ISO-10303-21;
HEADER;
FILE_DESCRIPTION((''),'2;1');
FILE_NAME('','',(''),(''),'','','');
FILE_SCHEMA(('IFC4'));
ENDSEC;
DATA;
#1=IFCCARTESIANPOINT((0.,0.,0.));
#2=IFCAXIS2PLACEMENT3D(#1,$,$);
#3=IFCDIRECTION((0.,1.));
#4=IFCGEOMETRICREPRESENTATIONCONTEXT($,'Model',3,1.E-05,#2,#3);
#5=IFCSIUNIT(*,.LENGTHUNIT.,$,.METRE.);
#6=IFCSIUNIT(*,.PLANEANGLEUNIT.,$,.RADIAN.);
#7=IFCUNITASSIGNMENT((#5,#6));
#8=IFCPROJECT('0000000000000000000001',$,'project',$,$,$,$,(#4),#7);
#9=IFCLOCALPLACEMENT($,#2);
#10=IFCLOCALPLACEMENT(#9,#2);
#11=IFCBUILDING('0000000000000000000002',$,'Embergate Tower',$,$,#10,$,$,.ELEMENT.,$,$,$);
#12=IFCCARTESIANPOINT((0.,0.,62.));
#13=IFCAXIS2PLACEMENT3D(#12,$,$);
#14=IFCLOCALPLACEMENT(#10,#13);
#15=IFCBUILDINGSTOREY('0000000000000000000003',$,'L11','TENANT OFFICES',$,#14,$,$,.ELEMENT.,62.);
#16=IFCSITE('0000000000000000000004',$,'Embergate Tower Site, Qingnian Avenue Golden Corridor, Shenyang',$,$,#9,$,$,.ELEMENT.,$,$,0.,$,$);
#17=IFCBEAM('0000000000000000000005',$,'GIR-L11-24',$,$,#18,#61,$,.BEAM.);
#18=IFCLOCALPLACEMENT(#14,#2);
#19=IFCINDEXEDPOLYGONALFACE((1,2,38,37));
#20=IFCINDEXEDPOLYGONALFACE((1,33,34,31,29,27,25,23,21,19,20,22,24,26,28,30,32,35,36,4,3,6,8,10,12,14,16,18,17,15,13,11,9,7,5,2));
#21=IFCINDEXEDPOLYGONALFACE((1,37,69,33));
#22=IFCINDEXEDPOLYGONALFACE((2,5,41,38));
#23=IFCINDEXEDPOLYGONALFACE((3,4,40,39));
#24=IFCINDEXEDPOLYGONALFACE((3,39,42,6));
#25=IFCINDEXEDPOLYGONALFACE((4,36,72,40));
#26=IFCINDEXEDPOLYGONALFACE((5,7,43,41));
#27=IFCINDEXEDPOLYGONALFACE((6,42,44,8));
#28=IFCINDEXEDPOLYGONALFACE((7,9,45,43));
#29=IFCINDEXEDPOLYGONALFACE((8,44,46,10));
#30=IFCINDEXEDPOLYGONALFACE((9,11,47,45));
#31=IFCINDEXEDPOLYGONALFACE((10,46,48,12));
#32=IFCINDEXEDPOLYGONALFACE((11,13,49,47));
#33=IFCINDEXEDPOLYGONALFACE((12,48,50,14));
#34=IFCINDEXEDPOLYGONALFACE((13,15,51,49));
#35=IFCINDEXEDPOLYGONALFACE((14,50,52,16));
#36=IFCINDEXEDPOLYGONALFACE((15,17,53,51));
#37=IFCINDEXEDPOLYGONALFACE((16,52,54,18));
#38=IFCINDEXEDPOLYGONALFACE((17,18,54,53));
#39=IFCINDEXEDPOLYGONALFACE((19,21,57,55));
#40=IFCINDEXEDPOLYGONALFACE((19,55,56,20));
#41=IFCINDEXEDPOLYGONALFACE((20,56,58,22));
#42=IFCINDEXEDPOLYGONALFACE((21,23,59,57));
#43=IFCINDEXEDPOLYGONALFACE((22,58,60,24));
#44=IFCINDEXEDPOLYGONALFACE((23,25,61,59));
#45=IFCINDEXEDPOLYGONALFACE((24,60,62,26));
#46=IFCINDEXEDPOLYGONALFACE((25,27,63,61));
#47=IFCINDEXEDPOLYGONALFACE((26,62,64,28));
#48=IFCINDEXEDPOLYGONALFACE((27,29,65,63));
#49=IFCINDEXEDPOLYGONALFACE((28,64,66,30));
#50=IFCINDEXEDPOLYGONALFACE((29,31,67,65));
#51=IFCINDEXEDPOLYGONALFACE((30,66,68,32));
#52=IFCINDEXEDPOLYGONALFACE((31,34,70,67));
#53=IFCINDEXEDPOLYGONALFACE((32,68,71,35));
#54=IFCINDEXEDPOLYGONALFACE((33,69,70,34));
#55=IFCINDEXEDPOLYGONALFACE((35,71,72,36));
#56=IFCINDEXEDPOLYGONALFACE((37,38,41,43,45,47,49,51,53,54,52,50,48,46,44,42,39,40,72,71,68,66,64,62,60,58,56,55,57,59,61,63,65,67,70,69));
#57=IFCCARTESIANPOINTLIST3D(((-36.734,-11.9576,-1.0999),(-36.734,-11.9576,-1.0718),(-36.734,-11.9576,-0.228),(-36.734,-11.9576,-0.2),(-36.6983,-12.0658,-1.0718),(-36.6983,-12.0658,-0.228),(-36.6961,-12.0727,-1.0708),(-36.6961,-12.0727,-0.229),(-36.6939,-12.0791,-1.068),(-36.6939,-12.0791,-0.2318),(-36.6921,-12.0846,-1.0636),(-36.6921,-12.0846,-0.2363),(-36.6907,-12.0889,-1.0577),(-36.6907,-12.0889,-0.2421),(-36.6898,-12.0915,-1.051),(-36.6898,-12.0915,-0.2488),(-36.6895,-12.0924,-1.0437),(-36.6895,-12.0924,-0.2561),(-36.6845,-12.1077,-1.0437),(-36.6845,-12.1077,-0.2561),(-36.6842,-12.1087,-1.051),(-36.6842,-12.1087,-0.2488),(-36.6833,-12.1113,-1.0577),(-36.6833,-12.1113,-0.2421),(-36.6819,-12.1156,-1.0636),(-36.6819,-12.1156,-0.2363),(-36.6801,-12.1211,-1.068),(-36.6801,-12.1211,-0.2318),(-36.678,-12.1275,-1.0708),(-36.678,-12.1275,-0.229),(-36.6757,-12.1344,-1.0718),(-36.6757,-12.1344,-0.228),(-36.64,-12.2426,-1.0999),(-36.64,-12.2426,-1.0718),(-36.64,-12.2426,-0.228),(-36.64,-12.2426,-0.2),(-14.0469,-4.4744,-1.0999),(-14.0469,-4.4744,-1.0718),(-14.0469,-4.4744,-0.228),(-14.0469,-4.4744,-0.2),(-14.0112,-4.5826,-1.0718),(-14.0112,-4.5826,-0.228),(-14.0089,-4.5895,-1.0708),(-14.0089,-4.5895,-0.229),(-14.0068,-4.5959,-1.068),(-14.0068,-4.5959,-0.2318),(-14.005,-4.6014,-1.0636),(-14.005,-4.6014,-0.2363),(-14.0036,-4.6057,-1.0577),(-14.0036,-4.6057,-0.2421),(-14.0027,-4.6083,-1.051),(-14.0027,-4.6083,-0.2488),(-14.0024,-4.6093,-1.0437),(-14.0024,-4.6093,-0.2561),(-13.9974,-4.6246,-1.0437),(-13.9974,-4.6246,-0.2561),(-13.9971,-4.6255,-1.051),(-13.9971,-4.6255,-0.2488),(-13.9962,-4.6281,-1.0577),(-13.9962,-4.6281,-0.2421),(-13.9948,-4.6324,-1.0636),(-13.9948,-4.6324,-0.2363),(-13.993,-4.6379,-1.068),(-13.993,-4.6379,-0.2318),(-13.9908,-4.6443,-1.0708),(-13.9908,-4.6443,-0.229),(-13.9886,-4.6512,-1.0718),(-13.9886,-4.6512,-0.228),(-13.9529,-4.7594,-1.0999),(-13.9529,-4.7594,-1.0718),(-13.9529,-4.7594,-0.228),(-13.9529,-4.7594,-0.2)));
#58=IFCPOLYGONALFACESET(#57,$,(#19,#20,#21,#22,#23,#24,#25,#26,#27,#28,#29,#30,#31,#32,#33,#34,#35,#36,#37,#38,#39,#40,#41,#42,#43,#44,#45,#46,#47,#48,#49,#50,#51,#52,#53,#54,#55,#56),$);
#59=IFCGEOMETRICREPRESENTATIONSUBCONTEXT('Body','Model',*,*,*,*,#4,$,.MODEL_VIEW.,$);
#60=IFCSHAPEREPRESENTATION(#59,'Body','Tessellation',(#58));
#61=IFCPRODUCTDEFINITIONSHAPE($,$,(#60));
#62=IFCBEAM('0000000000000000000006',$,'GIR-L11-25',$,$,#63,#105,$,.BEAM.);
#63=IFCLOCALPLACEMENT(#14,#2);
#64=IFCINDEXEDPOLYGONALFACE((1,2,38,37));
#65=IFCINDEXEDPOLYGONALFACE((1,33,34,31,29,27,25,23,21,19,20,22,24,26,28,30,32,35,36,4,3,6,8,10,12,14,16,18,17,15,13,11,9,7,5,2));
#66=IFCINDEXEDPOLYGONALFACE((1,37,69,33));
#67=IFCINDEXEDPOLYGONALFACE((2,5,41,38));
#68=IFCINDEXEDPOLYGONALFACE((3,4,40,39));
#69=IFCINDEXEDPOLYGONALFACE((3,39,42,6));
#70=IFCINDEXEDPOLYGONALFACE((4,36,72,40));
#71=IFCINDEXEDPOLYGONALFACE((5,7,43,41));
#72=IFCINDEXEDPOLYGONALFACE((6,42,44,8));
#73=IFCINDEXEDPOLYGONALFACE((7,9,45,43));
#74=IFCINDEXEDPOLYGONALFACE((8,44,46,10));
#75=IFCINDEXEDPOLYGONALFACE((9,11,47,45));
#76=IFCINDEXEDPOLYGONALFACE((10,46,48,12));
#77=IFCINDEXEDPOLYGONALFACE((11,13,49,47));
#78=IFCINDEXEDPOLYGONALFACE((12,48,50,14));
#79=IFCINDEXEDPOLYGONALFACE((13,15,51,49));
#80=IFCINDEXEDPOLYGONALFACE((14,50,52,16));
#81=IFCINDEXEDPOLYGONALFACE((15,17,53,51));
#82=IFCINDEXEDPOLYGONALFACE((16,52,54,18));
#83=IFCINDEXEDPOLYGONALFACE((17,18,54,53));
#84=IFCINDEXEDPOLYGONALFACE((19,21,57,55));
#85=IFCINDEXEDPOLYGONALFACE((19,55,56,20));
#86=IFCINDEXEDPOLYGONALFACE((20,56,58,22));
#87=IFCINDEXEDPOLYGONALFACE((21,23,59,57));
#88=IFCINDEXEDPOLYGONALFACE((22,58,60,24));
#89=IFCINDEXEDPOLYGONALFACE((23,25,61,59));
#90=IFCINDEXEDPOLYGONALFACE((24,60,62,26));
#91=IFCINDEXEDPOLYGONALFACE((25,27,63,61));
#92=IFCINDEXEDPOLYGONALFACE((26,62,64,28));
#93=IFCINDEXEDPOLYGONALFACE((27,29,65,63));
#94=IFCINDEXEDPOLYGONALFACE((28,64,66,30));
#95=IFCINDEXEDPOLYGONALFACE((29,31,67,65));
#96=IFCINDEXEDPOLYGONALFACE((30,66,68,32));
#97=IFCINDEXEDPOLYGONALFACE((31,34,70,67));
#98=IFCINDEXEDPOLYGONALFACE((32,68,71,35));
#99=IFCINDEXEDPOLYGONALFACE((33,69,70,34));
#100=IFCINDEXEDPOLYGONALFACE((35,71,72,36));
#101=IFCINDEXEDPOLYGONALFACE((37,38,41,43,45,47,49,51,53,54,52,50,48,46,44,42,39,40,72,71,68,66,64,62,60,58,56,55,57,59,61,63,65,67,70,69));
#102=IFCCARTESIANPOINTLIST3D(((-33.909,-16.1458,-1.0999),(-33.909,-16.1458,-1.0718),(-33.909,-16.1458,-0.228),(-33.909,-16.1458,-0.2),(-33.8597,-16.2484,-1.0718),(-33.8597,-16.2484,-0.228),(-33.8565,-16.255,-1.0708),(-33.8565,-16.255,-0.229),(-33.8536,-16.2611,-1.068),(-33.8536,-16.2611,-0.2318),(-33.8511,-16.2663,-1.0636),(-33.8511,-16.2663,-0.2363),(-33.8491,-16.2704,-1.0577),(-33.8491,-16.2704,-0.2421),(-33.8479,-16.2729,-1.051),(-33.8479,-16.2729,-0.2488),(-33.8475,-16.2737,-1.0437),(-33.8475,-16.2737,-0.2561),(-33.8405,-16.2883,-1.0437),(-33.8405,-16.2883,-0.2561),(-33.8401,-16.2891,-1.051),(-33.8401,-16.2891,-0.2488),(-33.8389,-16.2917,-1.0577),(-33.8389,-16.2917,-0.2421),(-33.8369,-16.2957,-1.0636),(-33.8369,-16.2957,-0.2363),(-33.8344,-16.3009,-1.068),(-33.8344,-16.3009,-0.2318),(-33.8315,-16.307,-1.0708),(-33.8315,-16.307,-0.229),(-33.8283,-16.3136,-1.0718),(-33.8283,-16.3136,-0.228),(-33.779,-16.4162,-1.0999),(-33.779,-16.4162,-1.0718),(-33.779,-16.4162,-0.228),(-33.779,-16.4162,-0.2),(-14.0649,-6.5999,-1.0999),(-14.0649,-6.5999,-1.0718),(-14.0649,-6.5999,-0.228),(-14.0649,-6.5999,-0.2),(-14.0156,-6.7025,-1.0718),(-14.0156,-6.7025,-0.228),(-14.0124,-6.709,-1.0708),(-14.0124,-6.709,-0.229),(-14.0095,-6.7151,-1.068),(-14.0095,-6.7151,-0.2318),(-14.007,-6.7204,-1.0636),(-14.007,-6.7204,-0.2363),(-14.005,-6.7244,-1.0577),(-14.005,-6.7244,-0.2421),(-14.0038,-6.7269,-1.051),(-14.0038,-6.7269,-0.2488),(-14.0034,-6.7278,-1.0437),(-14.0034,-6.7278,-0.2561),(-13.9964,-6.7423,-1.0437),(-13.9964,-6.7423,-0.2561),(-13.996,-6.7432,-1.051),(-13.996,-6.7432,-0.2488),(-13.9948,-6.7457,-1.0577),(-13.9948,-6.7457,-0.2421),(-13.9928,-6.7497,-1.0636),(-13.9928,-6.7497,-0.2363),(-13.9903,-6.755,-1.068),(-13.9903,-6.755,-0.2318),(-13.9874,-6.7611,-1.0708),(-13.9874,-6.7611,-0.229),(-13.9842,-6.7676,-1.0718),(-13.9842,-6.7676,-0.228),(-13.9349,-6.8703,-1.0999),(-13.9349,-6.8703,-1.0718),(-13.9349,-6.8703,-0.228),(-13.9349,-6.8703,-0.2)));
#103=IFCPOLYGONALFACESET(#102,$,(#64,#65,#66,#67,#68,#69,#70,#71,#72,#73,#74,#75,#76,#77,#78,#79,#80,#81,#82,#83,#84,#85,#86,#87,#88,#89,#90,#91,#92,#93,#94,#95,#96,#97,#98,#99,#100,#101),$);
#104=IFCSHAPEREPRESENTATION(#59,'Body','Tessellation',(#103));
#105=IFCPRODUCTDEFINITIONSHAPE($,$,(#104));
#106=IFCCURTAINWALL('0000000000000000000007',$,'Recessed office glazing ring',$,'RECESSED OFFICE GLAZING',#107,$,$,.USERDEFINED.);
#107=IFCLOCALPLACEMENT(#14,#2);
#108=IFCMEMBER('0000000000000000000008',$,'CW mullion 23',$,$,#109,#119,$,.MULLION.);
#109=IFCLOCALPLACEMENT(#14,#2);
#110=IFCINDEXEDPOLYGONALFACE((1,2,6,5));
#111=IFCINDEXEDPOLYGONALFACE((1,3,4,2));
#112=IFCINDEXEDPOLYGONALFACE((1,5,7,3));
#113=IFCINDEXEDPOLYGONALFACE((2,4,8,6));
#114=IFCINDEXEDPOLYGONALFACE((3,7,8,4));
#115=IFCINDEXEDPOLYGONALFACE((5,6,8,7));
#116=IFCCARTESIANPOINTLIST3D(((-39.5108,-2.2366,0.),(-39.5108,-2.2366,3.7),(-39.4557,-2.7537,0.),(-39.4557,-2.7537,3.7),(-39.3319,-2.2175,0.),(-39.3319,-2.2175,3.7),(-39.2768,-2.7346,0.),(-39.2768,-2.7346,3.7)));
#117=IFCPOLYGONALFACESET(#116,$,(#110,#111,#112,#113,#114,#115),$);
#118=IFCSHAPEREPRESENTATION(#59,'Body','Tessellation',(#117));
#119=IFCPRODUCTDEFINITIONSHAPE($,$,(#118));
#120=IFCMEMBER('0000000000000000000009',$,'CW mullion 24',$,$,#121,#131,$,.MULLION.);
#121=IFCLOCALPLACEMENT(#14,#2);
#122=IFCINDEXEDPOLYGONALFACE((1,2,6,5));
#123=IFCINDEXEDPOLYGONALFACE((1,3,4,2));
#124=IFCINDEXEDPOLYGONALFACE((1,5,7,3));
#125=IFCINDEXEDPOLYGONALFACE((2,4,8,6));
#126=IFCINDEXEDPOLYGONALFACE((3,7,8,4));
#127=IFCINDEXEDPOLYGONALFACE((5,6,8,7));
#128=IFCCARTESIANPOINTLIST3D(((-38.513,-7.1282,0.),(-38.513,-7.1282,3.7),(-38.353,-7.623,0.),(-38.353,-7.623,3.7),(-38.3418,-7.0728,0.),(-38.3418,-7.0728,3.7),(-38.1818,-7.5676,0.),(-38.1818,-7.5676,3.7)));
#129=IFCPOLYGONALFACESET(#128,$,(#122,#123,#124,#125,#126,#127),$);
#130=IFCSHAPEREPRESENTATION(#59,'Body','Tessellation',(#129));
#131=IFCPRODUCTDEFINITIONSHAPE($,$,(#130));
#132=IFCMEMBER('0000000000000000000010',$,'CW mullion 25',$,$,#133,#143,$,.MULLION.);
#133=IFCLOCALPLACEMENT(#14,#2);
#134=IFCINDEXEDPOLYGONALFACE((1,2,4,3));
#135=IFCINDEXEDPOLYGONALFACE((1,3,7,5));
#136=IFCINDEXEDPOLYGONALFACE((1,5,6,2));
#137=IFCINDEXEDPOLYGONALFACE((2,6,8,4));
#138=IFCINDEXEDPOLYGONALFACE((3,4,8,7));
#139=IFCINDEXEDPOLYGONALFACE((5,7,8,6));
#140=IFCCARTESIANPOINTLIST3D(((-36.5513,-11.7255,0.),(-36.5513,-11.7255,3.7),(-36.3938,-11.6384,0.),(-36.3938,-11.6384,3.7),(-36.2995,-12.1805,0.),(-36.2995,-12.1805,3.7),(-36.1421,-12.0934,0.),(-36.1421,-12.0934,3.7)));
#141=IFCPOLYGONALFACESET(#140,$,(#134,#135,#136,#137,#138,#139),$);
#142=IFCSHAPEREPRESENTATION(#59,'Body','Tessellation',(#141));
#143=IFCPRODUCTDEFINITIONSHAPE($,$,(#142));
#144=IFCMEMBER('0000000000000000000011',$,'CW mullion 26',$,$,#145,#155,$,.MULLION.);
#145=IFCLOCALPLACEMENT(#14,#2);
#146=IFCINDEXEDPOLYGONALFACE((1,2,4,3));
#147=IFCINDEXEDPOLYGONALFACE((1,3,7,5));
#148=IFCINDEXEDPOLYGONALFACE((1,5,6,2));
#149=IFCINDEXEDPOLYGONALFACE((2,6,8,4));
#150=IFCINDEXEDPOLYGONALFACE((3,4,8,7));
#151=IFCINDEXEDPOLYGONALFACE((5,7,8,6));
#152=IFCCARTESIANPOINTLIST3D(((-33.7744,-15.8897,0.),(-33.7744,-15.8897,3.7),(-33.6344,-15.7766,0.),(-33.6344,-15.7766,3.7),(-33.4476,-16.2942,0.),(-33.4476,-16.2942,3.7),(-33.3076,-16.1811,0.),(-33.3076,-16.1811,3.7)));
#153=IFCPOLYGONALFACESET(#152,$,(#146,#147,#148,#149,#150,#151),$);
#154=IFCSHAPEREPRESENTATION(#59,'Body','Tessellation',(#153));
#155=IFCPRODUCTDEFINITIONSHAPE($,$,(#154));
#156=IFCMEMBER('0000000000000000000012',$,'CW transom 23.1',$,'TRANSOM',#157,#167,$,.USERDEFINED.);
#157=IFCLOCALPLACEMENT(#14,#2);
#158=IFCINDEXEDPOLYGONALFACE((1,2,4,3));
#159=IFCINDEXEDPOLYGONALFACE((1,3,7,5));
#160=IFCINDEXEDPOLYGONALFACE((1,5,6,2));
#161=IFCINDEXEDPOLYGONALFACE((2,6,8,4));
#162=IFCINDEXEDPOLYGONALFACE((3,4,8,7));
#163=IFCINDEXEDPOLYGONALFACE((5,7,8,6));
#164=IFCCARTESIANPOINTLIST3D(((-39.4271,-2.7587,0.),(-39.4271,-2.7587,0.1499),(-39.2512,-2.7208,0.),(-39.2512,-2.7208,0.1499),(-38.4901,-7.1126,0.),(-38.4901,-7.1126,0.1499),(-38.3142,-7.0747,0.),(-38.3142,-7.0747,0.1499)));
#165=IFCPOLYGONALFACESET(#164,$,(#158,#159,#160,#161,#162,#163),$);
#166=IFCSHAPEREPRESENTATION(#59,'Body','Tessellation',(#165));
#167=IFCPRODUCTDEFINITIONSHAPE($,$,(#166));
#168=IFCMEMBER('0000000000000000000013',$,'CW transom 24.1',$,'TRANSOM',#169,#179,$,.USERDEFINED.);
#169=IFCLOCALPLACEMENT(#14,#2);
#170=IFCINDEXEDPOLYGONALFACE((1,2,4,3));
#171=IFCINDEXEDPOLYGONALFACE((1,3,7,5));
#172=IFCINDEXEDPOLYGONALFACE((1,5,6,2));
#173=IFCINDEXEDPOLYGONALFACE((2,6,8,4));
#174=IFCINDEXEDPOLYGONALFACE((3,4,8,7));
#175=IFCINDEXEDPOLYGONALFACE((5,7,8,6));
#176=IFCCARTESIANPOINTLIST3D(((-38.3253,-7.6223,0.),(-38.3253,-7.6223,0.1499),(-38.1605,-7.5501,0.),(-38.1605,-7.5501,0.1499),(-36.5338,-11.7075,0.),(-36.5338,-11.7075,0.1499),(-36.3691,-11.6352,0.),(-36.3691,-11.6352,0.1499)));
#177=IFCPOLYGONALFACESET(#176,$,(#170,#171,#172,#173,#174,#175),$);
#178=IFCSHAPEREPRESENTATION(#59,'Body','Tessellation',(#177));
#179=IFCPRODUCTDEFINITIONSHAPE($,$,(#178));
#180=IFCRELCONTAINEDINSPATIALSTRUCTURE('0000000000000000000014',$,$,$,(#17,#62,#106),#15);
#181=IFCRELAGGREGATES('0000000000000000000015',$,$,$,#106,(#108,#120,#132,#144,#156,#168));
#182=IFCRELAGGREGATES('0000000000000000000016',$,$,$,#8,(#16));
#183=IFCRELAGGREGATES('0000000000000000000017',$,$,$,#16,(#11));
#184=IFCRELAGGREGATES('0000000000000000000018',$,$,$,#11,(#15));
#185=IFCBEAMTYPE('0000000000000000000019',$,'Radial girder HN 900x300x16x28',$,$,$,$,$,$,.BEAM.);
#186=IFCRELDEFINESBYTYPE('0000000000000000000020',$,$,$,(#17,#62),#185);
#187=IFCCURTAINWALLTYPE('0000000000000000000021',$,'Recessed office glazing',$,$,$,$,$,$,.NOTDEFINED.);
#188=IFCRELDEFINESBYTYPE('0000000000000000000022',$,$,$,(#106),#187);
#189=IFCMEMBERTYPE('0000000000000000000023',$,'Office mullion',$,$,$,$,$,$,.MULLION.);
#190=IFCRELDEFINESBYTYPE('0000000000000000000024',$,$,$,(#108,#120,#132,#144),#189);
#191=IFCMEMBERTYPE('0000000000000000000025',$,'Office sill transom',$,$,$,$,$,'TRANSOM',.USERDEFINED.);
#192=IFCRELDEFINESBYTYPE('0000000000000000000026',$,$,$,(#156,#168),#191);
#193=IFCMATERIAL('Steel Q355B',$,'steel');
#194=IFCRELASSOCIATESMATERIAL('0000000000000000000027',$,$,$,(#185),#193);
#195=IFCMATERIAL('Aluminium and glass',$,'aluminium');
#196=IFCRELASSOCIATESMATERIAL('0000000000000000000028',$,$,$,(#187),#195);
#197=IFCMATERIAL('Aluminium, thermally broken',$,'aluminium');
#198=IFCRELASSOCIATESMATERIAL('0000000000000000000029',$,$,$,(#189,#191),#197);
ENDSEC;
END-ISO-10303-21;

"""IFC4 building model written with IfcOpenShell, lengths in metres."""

from ifc_helpers import new_model, si_unit, direction, frame, origin, origin_2d, place, context, subcontext, project, spatial, rectangle, i_section, extrude, source, transform, mapped, material, material_profile, profile_set, type_object, element, aggregate, save


model = new_model("IFC4")

# Units and contexts
model_context = context("Model", 3, precision=1e-05, world=origin(), true_north=direction((0.0, 1.0)))
body_context = subcontext(model_context, "Body", "Model", "MODEL_VIEW")
ifc_project = project(units=[si_unit("LENGTHUNIT", "METRE"), si_unit("PLANEANGLEUNIT", "RADIAN")], contexts=[model_context])

# Site, building, storey
site_placement = place(None, origin())
site = spatial("IfcSite", under=ifc_project, at=site_placement, Name="Embergate Tower Site, Qingnian Avenue Golden Corridor, Shenyang", CompositionType="ELEMENT", RefElevation=0.0)
building_placement = place(site_placement, origin())
building = spatial("IfcBuilding", under=site, at=building_placement, Name="Embergate Tower", CompositionType="ELEMENT")
storey_placement = place(building_placement, frame((0.0, 0.0, 62.0)))
storey = spatial("IfcBuildingStorey", under=building, at=storey_placement, Name="L11", Description="TENANT OFFICES", CompositionType="ELEMENT", Elevation=62.0)

# Beams
ifc_material_1 = material(Name="Steel Q355B", Category="steel")
ifc_material_profile_1 = material_profile(ifc_material_1, i_section(OverallWidth=0.3, OverallDepth=0.8999, WebThickness=0.0161, FlangeThickness=0.0281, FilletRadius=0.0281, at=origin_2d()), Name="HN 900x300x16x28")
ifc_profile_set_1 = profile_set([ifc_material_profile_1], Name="Steel Q355 grade B")
beam_type_1 = type_object("IfcBeamType", Name="Radial girder HN 900x300x16x28", PredefinedType="BEAM", material=ifc_profile_set_1)
shared_shape_1 = source(origin(), body_context, "Body", "SweptSolid", [
    extrude(i_section(OverallWidth=0.3, OverallDepth=0.8999, WebThickness=0.0161, FlangeThickness=0.0281, FilletRadius=0.0281, at=origin_2d()), origin(), (0.0, 0.0, 1.0), 23.8894),
])
beam_1_placement = place(storey_placement, frame((-36.687, -12.1001, -0.6499), z_axis=(0.949673, 0.313243, 0.0), x_axis=(-0.313243, 0.949673, 0.0)))
element("IfcBeam", 1, at=beam_1_placement, inside=storey, type_object=beam_type_1, Name="GIR-L11-24", PredefinedType="BEAM", context=body_context, shape_type="MappedRepresentation", body=[
    mapped(shared_shape_1, transform((0.0, 0.0, 0.0))),
])
shared_shape_2 = source(origin(), body_context, "Body", "SweptSolid", [
    extrude(i_section(OverallWidth=0.3, OverallDepth=0.8999, WebThickness=0.0161, FlangeThickness=0.0281, FilletRadius=0.0281, at=origin_2d()), origin(), (0.0, 0.0, 1.0), 22.0208),
])
beam_2_placement = place(storey_placement, frame((-33.844, -16.281, -0.6499), z_axis=(0.901155, 0.433498, 0.0), x_axis=(-0.433498, 0.901155, 0.0)))
element("IfcBeam", 2, at=beam_2_placement, inside=storey, type_object=beam_type_1, Name="GIR-L11-25", PredefinedType="BEAM", context=body_context, shape_type="MappedRepresentation", body=[
    mapped(shared_shape_2, transform((0.0, 0.0, 0.0))),
])

# Curtain wall, members
ifc_material_2 = material(Name="Aluminium and glass", Category="aluminium")
curtain_wall_type = type_object("IfcCurtainWallType", Name="Recessed office glazing", PredefinedType="NOTDEFINED", material=ifc_material_2)
curtain_wall_placement = place(storey_placement, origin())
curtain_wall = element("IfcCurtainWall", 3, at=curtain_wall_placement, inside=storey, type_object=curtain_wall_type, Name="Recessed office glazing ring", ObjectType="RECESSED OFFICE GLAZING", PredefinedType="USERDEFINED")
ifc_material_3 = material(Name="Aluminium, thermally broken", Category="aluminium")
ifc_material_profile_2 = material_profile(ifc_material_3, rectangle(XDim=0.1799, YDim=0.52, at=origin_2d()), Name="AL 520x180")
ifc_profile_set_2 = profile_set([ifc_material_profile_2], Name="Aluminium, thermally broken")
member_type_1 = type_object("IfcMemberType", Name="Office mullion", PredefinedType="MULLION", material=ifc_profile_set_2)
shared_shape_3 = source(origin(), body_context, "Body", "SweptSolid", [
    extrude(rectangle(XDim=0.1799, YDim=0.52, at=origin_2d()), origin(), (0.0, 0.0, 1.0), 3.7),
])
member_1_placement = place(storey_placement, frame((-39.3938, -2.4856, 0.0), z_axis=(0.0, 0.0, 1.0), x_axis=(0.994386, 0.105818, 0.0)))
member_1 = element("IfcMember", 4, at=member_1_placement, type_object=member_type_1, Name="CW mullion 23", PredefinedType="MULLION", context=body_context, shape_type="MappedRepresentation", body=[
    mapped(shared_shape_3, transform((0.0, 0.0, 0.0))),
])
member_2_placement = place(storey_placement, frame((-38.3474, -7.3479, 0.0), z_axis=(0.0, 0.0, 1.0), x_axis=(0.951502, 0.307642, 0.0)))
member_2 = element("IfcMember", 5, at=member_2_placement, type_object=member_type_1, Name="CW mullion 24", PredefinedType="MULLION", context=body_context, shape_type="MappedRepresentation", body=[
    mapped(shared_shape_3, transform((0.0, 0.0, 0.0))),
])
member_3_placement = place(storey_placement, frame((-36.3467, -11.9094, 0.0), z_axis=(0.0, 0.0, 1.0), x_axis=(0.87501, 0.484104, 0.0)))
member_3 = element("IfcMember", 6, at=member_3_placement, type_object=member_type_1, Name="CW mullion 25", PredefinedType="MULLION", context=body_context, shape_type="MappedRepresentation", body=[
    mapped(shared_shape_3, transform((0.0, 0.0, 0.0))),
])
member_4_placement = place(storey_placement, frame((-33.541, -16.0354, 0.0), z_axis=(0.0, 0.0, 1.0), x_axis=(0.777884, 0.628408, 0.0)))
member_4 = element("IfcMember", 7, at=member_4_placement, type_object=member_type_1, Name="CW mullion 26", PredefinedType="MULLION", context=body_context, shape_type="MappedRepresentation", body=[
    mapped(shared_shape_3, transform((0.0, 0.0, 0.0))),
])
ifc_material_profile_3 = material_profile(ifc_material_3, rectangle(XDim=0.1799, YDim=0.1499, at=origin_2d()), Name="AL 150x180")
ifc_profile_set_3 = profile_set([ifc_material_profile_3], Name="Aluminium, thermally broken")
member_type_2 = type_object("IfcMemberType", Name="Office sill transom", ElementType="TRANSOM", PredefinedType="USERDEFINED", material=ifc_profile_set_3)
shared_shape_4 = source(origin(), body_context, "Body", "SweptSolid", [
    extrude(rectangle(XDim=0.1799, YDim=0.1499, at=origin_2d()), origin(), (0.0, 0.0, 1.0), 4.4536),
])
member_5_placement = place(storey_placement, frame((-39.3391, -2.7397, 0.075), z_axis=(0.21039, -0.977618, 0.0), x_axis=(0.977618, 0.21039, 0.0)))
member_5 = element("IfcMember", 8, at=member_5_placement, type_object=member_type_2, Name="CW transom 23.1", ObjectType="TRANSOM", PredefinedType="USERDEFINED", context=body_context, shape_type="MappedRepresentation", body=[
    mapped(shared_shape_4, transform((0.0, 0.0, 0.0))),
])
shared_shape_5 = source(origin(), body_context, "Body", "SweptSolid", [
    extrude(rectangle(XDim=0.1799, YDim=0.1499, at=origin_2d()), origin(), (0.0, 0.0, 1.0), 4.4607),
])
member_6_placement = place(storey_placement, frame((-38.2429, -7.5862, 0.075), z_axis=(0.401614, -0.915809, 0.0), x_axis=(0.915809, 0.401614, 0.0)))
member_6 = element("IfcMember", 9, at=member_6_placement, type_object=member_type_2, Name="CW transom 24.1", ObjectType="TRANSOM", PredefinedType="USERDEFINED", context=body_context, shape_type="MappedRepresentation", body=[
    mapped(shared_shape_5, transform((0.0, 0.0, 0.0))),
])
aggregate(curtain_wall, [member_1, member_2, member_3, member_4, member_5, member_6])

save(model, "model.ifc")
